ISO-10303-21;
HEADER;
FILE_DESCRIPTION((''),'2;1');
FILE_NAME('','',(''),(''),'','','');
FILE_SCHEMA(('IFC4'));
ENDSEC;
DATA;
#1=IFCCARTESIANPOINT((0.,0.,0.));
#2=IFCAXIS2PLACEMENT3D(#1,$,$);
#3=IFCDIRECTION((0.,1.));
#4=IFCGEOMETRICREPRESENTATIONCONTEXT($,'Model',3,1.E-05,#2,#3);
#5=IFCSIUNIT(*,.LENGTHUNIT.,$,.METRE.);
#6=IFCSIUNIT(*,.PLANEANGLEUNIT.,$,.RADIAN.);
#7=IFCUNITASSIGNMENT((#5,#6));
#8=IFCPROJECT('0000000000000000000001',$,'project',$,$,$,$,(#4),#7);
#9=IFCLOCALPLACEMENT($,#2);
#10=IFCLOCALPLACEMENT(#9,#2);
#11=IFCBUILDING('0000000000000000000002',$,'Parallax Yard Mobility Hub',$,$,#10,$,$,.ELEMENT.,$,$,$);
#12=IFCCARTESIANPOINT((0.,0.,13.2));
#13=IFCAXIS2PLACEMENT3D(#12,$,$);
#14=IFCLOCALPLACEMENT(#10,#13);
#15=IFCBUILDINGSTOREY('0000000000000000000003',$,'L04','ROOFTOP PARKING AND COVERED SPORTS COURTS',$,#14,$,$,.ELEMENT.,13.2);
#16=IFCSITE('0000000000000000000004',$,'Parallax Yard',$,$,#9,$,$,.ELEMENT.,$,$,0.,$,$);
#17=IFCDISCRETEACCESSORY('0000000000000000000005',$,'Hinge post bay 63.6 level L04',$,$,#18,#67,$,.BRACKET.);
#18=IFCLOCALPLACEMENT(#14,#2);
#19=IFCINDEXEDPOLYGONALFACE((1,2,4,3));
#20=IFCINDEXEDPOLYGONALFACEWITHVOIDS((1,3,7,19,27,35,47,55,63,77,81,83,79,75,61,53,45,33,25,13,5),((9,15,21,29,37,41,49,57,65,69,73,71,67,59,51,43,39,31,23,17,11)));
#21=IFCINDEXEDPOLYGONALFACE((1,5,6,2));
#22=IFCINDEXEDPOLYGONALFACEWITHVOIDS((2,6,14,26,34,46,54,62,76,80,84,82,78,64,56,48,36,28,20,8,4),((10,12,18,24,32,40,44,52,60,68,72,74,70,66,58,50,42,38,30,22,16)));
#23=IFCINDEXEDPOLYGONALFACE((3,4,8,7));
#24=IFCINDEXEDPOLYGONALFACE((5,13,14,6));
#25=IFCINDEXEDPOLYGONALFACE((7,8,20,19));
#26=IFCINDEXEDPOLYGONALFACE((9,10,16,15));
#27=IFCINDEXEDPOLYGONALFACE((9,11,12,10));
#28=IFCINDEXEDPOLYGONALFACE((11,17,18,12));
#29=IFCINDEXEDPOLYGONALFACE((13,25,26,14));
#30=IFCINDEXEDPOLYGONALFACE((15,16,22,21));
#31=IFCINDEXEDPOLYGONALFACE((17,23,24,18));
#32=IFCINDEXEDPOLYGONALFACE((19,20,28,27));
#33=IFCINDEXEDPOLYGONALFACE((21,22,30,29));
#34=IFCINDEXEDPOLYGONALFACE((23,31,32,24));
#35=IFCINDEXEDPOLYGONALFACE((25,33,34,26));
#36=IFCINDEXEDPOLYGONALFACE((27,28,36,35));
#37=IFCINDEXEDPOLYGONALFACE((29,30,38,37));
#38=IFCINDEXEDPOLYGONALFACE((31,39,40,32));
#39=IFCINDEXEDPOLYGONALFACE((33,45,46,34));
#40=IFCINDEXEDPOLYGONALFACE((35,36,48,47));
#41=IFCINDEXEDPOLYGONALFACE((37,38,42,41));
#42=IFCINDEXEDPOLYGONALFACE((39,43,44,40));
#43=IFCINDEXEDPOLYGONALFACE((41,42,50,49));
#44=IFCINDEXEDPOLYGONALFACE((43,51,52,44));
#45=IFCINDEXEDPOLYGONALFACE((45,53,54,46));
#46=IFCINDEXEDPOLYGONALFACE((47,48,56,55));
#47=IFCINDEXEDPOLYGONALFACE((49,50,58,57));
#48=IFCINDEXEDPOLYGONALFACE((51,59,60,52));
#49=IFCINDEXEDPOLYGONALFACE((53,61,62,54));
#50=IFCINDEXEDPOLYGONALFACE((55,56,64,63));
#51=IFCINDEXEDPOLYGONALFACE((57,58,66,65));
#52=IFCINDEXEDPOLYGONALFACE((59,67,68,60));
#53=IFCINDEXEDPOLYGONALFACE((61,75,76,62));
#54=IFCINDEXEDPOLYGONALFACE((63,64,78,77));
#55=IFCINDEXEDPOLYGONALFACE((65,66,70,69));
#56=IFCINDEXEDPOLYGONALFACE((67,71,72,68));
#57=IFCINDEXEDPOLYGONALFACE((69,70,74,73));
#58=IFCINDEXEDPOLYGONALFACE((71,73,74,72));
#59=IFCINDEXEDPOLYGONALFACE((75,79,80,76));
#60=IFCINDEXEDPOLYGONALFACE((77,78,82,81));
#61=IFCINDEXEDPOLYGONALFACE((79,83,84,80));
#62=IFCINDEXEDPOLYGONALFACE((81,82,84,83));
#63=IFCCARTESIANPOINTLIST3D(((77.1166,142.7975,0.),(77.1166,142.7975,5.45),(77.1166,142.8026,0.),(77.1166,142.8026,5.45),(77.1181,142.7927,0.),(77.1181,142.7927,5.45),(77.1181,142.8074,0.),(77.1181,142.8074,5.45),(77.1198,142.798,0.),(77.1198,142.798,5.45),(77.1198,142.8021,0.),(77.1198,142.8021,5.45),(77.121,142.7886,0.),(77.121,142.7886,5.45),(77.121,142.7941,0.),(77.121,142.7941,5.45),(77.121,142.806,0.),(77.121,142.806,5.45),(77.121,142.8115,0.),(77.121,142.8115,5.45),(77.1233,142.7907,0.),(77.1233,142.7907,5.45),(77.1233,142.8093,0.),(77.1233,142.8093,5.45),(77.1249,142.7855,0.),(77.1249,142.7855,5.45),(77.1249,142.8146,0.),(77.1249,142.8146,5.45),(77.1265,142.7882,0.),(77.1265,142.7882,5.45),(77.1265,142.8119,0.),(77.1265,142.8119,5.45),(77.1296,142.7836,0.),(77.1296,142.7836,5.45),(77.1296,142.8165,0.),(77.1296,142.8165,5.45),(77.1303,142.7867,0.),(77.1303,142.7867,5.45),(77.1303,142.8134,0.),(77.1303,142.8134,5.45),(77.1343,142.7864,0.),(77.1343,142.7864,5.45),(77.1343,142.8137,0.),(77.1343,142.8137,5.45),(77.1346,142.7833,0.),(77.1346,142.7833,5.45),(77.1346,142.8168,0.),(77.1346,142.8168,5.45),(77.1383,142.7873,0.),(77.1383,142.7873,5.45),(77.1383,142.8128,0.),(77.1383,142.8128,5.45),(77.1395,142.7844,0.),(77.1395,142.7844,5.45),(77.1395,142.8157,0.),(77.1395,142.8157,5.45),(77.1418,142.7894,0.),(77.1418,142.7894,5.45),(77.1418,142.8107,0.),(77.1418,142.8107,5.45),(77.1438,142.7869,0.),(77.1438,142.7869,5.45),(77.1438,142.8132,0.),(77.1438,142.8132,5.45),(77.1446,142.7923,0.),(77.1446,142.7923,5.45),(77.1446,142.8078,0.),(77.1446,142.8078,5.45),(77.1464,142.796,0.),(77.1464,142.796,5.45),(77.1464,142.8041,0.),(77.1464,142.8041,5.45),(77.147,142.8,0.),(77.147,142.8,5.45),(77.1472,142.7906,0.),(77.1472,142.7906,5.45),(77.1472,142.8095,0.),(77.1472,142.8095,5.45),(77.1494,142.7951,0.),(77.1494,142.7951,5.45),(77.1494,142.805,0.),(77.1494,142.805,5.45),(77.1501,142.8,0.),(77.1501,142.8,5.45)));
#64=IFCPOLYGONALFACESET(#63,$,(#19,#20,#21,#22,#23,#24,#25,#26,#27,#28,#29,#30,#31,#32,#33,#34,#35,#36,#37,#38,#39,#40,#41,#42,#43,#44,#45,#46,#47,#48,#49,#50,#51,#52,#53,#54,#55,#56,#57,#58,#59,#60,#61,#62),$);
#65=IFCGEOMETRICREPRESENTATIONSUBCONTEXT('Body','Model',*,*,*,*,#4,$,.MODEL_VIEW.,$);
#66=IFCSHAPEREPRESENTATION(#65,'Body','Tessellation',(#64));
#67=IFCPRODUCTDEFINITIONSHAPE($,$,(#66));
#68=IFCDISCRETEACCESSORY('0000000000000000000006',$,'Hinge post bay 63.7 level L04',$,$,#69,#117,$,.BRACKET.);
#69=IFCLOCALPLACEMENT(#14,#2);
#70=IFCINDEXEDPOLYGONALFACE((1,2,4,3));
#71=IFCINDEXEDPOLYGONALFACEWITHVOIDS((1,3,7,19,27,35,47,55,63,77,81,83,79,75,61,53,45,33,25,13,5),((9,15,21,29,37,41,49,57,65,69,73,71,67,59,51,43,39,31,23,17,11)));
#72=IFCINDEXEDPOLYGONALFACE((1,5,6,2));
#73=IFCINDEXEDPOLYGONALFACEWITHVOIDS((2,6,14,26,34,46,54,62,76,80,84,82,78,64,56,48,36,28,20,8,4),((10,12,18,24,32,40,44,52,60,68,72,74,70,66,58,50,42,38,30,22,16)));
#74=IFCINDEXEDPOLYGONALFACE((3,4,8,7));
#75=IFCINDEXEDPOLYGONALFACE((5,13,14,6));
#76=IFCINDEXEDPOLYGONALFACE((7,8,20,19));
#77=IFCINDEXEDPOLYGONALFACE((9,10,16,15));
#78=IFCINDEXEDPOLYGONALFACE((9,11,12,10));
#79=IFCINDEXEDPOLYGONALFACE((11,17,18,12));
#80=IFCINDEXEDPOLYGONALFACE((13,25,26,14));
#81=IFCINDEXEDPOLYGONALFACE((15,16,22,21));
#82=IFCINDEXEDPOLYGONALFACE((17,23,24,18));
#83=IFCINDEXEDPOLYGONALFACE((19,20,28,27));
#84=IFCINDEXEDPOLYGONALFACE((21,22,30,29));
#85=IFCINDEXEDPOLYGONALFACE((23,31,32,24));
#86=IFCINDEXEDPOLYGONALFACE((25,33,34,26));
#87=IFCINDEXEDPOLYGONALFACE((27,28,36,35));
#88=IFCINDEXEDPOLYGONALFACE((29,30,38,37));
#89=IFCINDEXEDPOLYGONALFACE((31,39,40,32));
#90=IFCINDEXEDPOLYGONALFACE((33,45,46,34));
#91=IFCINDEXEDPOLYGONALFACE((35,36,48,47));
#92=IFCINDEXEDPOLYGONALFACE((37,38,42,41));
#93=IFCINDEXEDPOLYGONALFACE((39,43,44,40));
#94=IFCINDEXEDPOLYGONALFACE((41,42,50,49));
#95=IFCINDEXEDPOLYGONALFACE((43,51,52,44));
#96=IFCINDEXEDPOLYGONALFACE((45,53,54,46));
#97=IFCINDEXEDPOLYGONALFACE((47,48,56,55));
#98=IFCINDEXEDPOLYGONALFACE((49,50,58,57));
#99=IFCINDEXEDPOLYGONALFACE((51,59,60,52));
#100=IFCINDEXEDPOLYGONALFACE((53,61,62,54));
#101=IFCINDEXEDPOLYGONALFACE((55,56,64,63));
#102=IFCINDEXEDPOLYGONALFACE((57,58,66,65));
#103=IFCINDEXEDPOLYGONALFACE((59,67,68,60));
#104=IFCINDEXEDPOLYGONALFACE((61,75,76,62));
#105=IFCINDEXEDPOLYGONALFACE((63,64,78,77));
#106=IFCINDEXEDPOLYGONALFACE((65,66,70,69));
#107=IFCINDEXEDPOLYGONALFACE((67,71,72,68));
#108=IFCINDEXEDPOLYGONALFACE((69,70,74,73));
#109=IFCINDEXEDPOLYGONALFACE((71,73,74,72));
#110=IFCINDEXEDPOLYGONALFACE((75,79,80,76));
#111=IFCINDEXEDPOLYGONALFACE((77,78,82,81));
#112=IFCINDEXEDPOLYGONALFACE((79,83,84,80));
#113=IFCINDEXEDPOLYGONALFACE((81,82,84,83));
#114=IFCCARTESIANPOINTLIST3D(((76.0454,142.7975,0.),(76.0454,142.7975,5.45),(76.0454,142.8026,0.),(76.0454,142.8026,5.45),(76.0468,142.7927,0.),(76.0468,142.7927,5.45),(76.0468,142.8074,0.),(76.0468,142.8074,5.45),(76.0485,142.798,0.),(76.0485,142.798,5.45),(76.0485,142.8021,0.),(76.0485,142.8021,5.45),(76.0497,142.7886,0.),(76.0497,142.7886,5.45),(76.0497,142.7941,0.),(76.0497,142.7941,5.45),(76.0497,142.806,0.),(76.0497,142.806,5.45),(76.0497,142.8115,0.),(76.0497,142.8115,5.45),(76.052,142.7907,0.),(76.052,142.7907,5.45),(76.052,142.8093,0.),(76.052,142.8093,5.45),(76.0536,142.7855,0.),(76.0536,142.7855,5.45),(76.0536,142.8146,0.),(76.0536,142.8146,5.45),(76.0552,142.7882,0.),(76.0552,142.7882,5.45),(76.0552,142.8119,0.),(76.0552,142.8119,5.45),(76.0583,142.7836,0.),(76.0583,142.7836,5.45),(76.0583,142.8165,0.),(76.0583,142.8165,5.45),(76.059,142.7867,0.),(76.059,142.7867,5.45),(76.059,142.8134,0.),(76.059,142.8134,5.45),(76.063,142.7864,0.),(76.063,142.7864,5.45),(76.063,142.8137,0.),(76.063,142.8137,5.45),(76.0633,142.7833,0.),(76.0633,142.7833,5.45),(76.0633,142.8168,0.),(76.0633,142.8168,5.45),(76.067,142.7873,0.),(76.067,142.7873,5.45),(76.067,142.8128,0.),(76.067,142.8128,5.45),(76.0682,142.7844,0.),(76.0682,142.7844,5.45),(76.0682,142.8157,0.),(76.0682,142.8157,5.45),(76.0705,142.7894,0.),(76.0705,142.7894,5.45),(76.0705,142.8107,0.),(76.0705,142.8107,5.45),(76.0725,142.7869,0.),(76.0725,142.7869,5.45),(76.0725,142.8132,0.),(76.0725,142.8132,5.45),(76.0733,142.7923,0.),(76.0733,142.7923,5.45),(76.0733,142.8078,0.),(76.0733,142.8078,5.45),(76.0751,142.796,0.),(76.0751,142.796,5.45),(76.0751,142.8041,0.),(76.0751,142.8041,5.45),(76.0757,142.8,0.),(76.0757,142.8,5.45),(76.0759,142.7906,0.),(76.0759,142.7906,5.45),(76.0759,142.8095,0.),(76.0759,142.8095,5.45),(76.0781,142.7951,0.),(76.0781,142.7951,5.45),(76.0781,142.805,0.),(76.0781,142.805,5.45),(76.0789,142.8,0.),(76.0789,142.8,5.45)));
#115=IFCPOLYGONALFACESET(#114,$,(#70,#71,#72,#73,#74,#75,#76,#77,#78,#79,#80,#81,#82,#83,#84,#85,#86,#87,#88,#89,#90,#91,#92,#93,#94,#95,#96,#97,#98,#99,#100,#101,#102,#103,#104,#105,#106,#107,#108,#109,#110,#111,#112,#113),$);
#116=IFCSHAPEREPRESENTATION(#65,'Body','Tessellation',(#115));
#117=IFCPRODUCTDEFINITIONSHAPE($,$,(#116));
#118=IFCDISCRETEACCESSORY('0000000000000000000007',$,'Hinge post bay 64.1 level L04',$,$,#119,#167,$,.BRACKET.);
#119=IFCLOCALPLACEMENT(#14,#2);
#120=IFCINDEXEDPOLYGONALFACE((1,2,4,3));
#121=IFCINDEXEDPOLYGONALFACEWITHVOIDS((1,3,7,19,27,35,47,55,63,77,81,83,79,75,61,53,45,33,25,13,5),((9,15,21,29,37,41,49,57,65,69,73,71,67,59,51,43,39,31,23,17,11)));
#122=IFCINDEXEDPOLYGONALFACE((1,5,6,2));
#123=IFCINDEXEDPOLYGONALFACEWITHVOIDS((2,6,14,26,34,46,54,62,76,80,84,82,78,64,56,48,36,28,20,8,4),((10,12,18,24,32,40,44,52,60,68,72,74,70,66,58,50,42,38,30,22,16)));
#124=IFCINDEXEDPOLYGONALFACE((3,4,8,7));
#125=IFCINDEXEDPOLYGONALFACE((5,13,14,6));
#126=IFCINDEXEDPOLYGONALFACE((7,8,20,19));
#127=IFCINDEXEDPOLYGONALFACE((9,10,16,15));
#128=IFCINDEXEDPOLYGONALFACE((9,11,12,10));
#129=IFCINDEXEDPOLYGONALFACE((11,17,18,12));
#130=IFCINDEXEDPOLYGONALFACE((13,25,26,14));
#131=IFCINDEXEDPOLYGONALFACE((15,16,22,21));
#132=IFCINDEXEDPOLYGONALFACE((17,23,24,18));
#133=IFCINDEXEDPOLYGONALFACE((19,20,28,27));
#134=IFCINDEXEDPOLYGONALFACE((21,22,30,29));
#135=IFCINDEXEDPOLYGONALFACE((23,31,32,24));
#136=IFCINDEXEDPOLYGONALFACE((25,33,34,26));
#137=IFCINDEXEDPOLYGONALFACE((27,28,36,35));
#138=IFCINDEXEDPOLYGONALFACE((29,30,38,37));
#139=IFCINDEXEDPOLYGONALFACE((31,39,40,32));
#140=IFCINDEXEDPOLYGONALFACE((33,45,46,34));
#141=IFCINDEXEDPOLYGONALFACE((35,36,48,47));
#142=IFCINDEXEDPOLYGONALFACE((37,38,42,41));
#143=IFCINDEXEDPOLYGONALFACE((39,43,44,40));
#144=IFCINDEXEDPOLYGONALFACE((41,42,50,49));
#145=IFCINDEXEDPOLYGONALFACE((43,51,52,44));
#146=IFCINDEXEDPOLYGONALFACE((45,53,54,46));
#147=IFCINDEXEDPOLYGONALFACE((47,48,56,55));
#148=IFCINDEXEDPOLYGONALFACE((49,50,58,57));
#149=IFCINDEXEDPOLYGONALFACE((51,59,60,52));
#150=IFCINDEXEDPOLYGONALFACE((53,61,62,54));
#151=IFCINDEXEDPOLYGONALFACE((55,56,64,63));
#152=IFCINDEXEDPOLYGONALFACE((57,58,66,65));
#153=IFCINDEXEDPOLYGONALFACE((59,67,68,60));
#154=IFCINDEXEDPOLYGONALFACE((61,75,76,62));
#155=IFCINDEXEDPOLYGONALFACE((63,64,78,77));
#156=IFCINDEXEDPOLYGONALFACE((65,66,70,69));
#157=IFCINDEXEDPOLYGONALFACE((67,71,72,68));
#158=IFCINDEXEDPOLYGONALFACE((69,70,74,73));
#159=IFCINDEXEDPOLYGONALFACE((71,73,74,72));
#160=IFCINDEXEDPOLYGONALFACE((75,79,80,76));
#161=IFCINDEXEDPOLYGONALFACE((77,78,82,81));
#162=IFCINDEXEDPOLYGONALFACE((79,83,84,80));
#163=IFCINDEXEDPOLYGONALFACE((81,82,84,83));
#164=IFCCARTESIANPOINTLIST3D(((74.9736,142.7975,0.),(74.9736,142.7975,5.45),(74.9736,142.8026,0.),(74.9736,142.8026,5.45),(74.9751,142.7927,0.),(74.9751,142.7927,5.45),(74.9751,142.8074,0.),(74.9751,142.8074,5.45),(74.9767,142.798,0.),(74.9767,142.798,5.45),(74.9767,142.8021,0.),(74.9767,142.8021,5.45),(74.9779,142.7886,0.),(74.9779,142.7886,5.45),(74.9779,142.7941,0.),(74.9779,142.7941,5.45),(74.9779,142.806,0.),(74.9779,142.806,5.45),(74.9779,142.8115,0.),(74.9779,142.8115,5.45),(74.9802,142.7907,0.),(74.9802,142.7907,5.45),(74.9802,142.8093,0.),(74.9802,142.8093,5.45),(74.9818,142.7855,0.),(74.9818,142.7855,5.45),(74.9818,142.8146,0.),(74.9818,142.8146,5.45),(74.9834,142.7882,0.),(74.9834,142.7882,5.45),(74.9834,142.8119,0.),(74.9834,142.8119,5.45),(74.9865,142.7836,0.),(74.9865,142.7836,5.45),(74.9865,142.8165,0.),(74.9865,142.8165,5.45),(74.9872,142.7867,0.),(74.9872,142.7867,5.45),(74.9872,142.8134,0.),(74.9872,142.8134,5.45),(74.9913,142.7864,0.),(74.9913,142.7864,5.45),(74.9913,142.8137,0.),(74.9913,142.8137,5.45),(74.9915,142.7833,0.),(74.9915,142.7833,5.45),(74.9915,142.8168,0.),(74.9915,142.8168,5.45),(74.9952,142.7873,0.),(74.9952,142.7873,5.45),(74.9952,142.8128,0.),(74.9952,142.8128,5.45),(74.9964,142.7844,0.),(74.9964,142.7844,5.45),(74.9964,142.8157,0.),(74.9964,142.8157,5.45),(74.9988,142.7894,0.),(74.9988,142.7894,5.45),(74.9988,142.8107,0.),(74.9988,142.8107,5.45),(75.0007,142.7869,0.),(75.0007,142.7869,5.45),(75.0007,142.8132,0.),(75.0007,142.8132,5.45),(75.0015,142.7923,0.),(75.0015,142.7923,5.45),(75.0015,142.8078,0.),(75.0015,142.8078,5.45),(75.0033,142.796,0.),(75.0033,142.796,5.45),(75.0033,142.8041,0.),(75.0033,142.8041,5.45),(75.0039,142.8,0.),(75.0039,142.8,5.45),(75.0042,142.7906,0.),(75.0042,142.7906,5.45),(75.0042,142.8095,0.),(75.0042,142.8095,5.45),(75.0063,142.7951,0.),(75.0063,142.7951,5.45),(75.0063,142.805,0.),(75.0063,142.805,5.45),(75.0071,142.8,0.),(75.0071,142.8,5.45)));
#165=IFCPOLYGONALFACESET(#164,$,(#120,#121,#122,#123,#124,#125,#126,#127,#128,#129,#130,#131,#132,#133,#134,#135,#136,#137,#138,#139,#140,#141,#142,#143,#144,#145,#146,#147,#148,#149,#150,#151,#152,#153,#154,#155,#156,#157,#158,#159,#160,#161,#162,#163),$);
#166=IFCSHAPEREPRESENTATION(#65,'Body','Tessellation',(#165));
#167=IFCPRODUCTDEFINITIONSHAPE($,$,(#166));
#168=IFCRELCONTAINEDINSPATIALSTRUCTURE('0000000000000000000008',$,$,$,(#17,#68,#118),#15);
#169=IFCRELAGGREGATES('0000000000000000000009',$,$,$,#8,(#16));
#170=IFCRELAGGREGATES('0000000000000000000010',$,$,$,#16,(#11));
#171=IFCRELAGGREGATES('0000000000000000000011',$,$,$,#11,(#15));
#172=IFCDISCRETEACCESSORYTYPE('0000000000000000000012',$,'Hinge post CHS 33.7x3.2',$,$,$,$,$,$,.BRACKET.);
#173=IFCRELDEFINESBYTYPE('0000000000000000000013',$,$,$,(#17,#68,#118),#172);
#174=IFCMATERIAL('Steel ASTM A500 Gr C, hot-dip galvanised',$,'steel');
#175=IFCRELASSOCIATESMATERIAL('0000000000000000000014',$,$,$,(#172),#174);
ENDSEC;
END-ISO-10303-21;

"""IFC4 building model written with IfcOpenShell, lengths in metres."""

from ifc_helpers import new_model, si_unit, direction, frame, origin, origin_2d, place, context, subcontext, project, spatial, hollow_circle, extrude, material, material_profile, profile_set, type_object, element, save


model = new_model("IFC4")

# Units and contexts
model_context = context("Model", 3, precision=1e-05, world=origin(), true_north=direction((0.0, 1.0)))
body_context = subcontext(model_context, "Body", "Model", "MODEL_VIEW")
ifc_project = project(units=[si_unit("LENGTHUNIT", "METRE"), si_unit("PLANEANGLEUNIT", "RADIAN")], contexts=[model_context])

# Site, building, storey
site_placement = place(None, origin())
site = spatial("IfcSite", under=ifc_project, at=site_placement, Name="Parallax Yard", CompositionType="ELEMENT", RefElevation=0.0)
building_placement = place(site_placement, origin())
building = spatial("IfcBuilding", under=site, at=building_placement, Name="Parallax Yard Mobility Hub", CompositionType="ELEMENT")
storey_placement = place(building_placement, frame((0.0, 0.0, 13.2)))
storey = spatial("IfcBuildingStorey", under=building, at=storey_placement, Name="L04", Description="ROOFTOP PARKING AND COVERED SPORTS COURTS", CompositionType="ELEMENT", Elevation=13.2)

# Discrete accessories
ifc_material_1 = material(Name="Steel ASTM A500 Gr C, hot-dip galvanised", Category="steel")
ifc_material_profile = material_profile(ifc_material_1, hollow_circle(Radius=0.0168, WallThickness=0.0032, at=origin_2d()), Name="CHS 33.7x3.2")
ifc_profile_set = profile_set([ifc_material_profile], Name="Steel ASTM A500 Gr C, hot-dip galvanised")
discrete_accessory_type_1 = type_object("IfcDiscreteAccessoryType", Name="Hinge post CHS 33.7x3.2", PredefinedType="BRACKET", material=ifc_profile_set)
for number, where, z_axis, x_axis, name in (
    (1, (77.1333, 142.8, 0.0), (0.0, 0.0, 1.0), (1.0, 0.0, 0.0), "Hinge post bay 63.6 level L04"),
    (2, (76.062, 142.8, 0.0), (0.0, 0.0, 1.0), (1.0, 0.0, 0.0), "Hinge post bay 63.7 level L04"),
    (3, (74.9902, 142.8, 0.0), (0.0, 0.0, 1.0), (1.0, 0.0, 0.0), "Hinge post bay 64.1 level L04"),
):
    element("IfcDiscreteAccessory", number, at=place(storey_placement, frame(where, z_axis=z_axis, x_axis=x_axis)), inside=storey, type_object=discrete_accessory_type_1, Name=name, PredefinedType="BRACKET", context=body_context, shape_type="SweptSolid", body=[
        extrude(hollow_circle(Radius=0.0168, WallThickness=0.0032, at=origin_2d()), origin(), (0.0, 0.0, 1.0), 5.45),
    ])

save(model, "model.ifc")
